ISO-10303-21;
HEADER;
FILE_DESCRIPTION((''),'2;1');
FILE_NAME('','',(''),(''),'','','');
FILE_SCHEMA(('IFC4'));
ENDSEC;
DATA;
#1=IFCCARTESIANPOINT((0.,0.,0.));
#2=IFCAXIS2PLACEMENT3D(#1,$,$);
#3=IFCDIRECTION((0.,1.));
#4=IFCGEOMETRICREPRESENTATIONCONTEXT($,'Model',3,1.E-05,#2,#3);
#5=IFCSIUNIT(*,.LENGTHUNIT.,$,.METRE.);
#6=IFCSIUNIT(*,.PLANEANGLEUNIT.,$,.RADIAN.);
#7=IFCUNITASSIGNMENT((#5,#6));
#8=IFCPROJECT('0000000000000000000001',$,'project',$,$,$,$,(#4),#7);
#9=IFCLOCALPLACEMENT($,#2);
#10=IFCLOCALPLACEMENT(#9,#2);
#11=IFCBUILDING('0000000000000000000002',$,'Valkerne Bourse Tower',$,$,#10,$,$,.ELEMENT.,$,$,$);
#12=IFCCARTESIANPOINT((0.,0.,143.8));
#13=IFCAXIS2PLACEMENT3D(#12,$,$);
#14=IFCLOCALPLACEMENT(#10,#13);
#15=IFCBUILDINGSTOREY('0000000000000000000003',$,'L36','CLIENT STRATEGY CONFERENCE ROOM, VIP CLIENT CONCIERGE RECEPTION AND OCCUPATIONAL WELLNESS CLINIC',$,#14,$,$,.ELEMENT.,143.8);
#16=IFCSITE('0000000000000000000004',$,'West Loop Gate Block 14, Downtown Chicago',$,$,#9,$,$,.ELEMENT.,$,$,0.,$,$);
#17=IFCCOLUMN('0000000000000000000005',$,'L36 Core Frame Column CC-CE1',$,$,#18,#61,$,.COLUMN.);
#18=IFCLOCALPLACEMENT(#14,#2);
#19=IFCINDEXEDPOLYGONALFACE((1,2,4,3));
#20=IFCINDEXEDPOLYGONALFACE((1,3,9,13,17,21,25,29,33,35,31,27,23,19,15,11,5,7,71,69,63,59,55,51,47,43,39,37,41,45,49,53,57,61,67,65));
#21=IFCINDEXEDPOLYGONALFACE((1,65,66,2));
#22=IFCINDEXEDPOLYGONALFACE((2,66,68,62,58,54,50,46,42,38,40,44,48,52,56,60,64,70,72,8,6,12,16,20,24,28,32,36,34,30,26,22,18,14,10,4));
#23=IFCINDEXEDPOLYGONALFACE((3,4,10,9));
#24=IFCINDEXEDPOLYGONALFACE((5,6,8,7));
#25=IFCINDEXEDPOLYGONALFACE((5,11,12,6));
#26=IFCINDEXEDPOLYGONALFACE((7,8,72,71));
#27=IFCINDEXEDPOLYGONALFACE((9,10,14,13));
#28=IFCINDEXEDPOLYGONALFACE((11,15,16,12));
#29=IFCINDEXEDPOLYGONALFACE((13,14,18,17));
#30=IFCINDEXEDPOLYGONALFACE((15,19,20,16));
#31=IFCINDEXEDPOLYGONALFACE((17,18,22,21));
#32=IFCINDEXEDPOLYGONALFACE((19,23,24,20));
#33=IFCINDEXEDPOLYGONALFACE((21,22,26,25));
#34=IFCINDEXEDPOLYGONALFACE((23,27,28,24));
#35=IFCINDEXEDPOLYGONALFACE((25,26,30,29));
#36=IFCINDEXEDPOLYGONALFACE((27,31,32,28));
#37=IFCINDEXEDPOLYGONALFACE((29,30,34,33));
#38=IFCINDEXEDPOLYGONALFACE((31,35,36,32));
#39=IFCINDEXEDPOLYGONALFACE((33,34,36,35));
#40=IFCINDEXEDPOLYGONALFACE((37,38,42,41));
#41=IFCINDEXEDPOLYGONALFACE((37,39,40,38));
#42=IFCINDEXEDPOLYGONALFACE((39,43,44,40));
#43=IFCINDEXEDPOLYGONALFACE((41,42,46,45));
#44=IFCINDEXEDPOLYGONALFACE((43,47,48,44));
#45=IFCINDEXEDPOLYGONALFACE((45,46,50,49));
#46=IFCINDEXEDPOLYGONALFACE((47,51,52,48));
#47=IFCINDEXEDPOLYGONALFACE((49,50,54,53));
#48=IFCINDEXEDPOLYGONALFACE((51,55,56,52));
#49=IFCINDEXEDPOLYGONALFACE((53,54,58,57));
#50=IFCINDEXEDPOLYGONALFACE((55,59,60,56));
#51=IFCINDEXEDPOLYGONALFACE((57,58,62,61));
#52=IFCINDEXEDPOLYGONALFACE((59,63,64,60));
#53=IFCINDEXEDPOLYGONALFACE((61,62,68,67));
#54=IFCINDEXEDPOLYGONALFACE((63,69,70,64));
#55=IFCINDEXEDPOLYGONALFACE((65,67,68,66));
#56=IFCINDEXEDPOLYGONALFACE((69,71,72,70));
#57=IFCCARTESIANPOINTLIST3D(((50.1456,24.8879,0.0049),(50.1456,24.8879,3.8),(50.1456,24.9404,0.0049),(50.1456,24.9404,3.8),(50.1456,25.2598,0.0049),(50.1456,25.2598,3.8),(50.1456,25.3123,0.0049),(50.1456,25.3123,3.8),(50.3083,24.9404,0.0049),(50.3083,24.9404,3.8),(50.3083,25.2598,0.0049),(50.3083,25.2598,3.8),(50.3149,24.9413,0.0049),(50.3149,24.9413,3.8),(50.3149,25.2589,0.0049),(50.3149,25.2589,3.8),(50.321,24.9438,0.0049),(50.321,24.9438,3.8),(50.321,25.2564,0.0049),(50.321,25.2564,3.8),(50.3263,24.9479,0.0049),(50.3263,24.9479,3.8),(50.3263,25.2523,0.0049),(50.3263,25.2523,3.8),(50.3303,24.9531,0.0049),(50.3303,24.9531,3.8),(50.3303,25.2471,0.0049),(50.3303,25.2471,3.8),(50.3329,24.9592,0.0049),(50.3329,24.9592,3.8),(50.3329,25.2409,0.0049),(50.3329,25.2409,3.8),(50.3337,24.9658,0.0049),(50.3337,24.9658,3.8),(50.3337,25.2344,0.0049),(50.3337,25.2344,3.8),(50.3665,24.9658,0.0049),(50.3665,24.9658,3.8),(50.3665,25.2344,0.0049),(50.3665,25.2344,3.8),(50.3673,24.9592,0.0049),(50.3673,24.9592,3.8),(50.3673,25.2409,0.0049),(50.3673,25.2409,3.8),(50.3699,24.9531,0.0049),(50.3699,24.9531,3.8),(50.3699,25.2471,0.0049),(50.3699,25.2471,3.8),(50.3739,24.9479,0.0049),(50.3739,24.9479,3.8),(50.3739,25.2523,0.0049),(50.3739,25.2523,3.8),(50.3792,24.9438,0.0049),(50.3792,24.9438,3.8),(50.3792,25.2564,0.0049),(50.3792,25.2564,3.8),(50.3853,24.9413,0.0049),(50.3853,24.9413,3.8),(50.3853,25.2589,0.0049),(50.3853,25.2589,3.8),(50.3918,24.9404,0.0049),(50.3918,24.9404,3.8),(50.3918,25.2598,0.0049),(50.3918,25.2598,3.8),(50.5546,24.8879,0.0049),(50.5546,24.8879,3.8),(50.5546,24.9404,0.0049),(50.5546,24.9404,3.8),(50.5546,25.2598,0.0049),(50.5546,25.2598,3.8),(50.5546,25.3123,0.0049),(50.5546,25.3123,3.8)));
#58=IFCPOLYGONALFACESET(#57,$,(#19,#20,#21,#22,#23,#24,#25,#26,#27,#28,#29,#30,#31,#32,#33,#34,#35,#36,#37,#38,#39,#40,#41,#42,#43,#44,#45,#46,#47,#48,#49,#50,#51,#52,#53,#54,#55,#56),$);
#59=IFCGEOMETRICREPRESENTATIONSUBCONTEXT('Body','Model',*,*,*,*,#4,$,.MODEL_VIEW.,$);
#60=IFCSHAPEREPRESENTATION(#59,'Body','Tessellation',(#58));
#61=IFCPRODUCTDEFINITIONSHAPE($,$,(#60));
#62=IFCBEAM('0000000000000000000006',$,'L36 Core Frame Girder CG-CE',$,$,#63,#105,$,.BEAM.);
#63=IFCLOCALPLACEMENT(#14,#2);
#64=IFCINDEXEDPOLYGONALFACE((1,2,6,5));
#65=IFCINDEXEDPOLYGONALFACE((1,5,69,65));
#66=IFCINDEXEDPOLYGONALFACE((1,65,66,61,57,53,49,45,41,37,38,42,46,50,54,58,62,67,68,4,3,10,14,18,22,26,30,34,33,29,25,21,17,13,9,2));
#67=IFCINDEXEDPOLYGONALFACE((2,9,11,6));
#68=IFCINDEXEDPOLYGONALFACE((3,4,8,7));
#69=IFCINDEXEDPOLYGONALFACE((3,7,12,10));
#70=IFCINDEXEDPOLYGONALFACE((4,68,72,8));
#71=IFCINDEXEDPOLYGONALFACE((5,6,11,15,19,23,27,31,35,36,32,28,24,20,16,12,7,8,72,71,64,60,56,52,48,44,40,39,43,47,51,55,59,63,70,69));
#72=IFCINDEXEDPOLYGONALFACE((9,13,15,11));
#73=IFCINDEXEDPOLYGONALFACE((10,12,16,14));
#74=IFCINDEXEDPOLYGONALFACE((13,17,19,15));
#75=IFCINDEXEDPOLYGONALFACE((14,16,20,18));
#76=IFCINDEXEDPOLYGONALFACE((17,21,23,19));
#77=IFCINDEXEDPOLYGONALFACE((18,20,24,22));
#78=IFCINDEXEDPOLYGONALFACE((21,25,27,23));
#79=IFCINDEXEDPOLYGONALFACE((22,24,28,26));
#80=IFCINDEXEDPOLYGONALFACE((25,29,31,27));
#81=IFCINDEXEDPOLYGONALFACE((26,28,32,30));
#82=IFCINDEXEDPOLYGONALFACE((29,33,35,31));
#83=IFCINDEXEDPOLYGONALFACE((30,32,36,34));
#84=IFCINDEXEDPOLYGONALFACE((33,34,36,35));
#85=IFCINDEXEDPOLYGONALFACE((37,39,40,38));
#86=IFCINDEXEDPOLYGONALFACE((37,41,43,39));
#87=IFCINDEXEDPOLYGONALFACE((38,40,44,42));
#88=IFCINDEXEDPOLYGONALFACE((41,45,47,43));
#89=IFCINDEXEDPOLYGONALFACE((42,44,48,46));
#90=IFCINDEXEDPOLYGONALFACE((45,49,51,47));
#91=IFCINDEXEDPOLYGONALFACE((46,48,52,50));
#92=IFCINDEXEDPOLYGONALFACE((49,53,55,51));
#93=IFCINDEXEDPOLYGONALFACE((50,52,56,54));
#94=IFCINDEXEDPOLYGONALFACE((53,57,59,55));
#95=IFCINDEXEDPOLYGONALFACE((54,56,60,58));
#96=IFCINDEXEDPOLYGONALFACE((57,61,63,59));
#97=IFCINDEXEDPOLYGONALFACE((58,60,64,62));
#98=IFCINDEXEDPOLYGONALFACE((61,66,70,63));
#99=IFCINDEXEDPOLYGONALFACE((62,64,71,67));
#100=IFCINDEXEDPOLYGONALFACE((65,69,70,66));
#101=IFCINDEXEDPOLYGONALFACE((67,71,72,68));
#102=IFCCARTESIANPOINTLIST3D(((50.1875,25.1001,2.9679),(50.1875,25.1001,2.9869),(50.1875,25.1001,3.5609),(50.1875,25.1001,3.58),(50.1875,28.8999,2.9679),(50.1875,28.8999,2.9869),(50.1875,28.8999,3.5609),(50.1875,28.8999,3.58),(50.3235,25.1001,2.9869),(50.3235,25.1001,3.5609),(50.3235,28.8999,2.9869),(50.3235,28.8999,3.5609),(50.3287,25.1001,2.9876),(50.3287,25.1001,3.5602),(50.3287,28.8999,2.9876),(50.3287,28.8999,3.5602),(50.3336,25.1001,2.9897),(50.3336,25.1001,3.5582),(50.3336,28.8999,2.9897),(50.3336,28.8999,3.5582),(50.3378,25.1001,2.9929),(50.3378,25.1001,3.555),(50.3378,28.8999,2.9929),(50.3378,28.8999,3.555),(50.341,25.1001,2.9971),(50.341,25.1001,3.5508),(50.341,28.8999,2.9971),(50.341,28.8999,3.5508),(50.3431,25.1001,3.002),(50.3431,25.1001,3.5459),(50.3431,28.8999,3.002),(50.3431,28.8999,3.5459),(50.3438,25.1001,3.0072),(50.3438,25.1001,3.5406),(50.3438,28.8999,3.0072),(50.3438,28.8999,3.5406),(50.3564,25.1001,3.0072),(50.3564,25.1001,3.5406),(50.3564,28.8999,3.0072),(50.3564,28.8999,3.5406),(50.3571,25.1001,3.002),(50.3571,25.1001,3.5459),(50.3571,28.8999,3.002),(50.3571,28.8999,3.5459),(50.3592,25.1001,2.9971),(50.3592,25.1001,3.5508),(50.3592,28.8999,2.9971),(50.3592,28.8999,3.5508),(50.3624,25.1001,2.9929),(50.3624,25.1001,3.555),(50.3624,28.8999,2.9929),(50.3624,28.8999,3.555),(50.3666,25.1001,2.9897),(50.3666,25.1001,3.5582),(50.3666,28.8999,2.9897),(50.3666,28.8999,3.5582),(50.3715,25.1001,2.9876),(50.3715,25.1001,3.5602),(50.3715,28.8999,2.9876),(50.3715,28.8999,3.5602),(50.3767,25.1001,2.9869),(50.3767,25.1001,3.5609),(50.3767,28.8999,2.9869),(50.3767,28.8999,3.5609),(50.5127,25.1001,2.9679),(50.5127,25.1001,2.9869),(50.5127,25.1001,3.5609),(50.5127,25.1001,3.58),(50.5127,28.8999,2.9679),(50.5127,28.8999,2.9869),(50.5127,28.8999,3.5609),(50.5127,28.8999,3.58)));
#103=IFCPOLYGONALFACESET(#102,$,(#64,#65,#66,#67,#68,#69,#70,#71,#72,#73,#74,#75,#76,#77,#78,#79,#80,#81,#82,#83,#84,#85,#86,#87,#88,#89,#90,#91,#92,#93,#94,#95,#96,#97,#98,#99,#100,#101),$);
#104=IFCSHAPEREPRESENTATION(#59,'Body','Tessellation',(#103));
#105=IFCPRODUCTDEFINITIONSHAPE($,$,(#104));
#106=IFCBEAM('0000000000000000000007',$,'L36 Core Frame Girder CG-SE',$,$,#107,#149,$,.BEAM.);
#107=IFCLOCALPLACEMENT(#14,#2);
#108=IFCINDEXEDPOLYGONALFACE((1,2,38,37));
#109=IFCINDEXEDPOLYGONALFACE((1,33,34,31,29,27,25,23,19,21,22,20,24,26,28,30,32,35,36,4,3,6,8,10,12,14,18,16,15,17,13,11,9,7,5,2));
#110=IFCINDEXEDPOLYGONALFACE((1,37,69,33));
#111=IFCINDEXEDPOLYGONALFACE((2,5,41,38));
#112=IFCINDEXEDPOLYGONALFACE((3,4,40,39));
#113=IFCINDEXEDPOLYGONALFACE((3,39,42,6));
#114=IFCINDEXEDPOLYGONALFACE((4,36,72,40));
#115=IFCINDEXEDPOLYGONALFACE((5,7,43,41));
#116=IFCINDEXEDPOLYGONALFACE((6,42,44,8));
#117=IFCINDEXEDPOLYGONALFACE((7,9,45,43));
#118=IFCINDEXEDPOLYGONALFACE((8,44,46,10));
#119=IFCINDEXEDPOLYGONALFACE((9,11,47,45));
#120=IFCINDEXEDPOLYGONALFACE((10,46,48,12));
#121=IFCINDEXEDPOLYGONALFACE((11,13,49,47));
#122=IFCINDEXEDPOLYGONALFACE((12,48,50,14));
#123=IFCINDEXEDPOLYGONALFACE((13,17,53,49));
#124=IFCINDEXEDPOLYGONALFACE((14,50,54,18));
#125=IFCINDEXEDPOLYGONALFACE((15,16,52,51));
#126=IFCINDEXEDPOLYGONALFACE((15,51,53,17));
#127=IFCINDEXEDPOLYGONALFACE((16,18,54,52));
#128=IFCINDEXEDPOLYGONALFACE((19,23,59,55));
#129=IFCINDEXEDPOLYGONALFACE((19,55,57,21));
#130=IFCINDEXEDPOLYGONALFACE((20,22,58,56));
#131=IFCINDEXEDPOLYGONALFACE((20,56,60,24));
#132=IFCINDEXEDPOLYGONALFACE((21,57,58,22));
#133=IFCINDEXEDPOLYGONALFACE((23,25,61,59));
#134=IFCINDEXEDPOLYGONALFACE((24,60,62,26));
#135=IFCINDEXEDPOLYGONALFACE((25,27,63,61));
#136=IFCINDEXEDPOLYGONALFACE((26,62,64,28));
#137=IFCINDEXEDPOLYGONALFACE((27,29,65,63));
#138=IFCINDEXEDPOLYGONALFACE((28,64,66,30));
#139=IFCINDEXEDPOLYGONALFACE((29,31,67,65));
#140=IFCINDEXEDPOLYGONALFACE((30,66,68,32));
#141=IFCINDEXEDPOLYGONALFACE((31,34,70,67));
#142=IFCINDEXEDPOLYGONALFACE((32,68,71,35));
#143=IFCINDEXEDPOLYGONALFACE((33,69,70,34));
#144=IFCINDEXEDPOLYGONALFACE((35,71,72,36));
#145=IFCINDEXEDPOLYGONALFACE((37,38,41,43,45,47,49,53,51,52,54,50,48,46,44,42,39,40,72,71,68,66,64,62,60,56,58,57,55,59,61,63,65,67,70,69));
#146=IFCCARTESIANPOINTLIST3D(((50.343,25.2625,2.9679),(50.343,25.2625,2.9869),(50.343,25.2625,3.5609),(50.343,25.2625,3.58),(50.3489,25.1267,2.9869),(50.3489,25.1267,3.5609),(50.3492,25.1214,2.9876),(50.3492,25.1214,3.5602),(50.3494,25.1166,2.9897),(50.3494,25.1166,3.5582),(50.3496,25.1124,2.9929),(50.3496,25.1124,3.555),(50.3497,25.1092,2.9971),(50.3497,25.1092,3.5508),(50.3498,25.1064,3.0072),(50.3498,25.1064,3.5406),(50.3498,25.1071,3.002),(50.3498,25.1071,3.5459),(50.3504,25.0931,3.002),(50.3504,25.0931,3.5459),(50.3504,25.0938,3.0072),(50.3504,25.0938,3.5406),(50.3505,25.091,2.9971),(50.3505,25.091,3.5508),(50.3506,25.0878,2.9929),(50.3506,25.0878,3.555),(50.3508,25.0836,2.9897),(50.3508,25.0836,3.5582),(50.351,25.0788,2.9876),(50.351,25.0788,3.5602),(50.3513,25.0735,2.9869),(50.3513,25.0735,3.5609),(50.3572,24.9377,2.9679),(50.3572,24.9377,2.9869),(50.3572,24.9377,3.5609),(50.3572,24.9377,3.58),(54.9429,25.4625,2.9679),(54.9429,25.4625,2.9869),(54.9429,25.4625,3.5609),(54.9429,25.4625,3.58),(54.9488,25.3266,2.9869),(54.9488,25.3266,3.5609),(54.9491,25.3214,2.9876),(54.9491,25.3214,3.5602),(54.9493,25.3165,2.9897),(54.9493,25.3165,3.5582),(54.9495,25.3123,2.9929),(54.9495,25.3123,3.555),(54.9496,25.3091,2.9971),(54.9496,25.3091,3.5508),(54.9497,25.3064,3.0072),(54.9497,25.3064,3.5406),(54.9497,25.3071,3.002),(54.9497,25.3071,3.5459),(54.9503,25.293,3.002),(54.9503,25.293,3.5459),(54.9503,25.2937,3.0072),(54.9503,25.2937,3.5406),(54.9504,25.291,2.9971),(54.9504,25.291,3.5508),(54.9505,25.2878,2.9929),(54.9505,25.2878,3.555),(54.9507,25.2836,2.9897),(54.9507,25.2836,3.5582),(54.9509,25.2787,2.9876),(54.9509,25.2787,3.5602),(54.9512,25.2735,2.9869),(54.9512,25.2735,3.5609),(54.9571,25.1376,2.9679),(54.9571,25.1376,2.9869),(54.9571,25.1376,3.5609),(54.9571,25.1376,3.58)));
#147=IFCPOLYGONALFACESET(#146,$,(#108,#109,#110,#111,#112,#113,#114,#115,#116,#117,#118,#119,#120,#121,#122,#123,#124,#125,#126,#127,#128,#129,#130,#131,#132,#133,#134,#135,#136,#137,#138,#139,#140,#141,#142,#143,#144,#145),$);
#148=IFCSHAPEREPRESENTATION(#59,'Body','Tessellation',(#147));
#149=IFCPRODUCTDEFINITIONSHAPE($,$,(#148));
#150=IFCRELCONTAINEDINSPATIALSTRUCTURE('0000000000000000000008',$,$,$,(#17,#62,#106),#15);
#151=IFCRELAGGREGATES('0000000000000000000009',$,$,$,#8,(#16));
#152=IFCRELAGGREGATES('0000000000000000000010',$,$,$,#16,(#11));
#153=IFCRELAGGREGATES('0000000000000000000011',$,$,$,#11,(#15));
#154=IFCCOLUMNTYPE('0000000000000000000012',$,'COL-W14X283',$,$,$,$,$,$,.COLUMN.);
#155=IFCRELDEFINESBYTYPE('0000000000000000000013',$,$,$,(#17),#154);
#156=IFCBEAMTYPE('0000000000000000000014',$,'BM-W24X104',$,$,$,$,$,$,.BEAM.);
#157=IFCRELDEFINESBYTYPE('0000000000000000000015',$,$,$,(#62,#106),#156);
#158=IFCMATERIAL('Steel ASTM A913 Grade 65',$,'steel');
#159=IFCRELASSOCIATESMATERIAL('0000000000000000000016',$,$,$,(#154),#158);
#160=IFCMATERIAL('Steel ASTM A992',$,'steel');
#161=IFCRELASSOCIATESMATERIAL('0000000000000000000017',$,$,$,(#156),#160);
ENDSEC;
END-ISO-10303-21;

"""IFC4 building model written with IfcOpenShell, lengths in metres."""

from ifc_helpers import new_model, si_unit, direction, frame, origin, origin_2d, place, context, subcontext, project, spatial, i_section, extrude, material, material_profile, profile_set, type_object, element, save


model = new_model("IFC4")

# Units and contexts
model_context = context("Model", 3, precision=1e-05, world=origin(), true_north=direction((0.0, 1.0)))
body_context = subcontext(model_context, "Body", "Model", "MODEL_VIEW")
ifc_project = project(units=[si_unit("LENGTHUNIT", "METRE"), si_unit("PLANEANGLEUNIT", "RADIAN")], contexts=[model_context])

# Site, building, storey
site_placement = place(None, origin())
site = spatial("IfcSite", under=ifc_project, at=site_placement, Name="West Loop Gate Block 14, Downtown Chicago", CompositionType="ELEMENT", RefElevation=0.0)
building_placement = place(site_placement, origin())
building = spatial("IfcBuilding", under=site, at=building_placement, Name="Valkerne Bourse Tower", CompositionType="ELEMENT")
storey_placement = place(building_placement, frame((0.0, 0.0, 143.8)))
storey = spatial("IfcBuildingStorey", under=building, at=storey_placement, Name="L36", Description="CLIENT STRATEGY CONFERENCE ROOM, VIP CLIENT CONCIERGE RECEPTION AND OCCUPATIONAL WELLNESS CLINIC", CompositionType="ELEMENT", Elevation=143.8)

# Column
ifc_material_1 = material(Name="Steel ASTM A913 Grade 65", Category="steel")
ifc_material_profile_1 = material_profile(ifc_material_1, i_section(OverallWidth=0.4089, OverallDepth=0.4243, WebThickness=0.0327, FlangeThickness=0.0525, FilletRadius=0.0254, at=origin_2d()), Name="W14X283")
ifc_profile_set_1 = profile_set([ifc_material_profile_1], Name="Steel ASTM A913 Grade 65")
column_type = type_object("IfcColumnType", Name="COL-W14X283", PredefinedType="COLUMN", material=ifc_profile_set_1)
column_placement = place(storey_placement, frame((50.3501, 25.1001, 0.0049), z_axis=(0.0, 0.0, 1.0), x_axis=(1.0, 0.0, 0.0)))
element("IfcColumn", 1, at=column_placement, inside=storey, type_object=column_type, Name="L36 Core Frame Column CC-CE1", PredefinedType="COLUMN", context=body_context, shape_type="SweptSolid", body=[
    extrude(i_section(OverallWidth=0.4089, OverallDepth=0.4243, WebThickness=0.0327, FlangeThickness=0.0525, FilletRadius=0.0254, at=origin_2d()), origin(), (0.0, 0.0, 1.0), 3.7952),
])

# Beams
ifc_material_2 = material(Name="Steel ASTM A992", Category="steel")
ifc_material_profile_2 = material_profile(ifc_material_2, i_section(OverallWidth=0.3252, OverallDepth=0.6121, WebThickness=0.0127, FlangeThickness=0.019, FilletRadius=0.0203, at=origin_2d()), Name="W24X104")
ifc_profile_set_2 = profile_set([ifc_material_profile_2], Name="Steel ASTM A992")
beam_type = type_object("IfcBeamType", Name="BM-W24X104", PredefinedType="BEAM", material=ifc_profile_set_2)
beam_1_placement = place(storey_placement, frame((50.3501, 25.1001, 3.2739), z_axis=(0.0, 1.0, 0.0), x_axis=(-1.0, 0.0, 0.0)))
element("IfcBeam", 2, at=beam_1_placement, inside=storey, type_object=beam_type, Name="L36 Core Frame Girder CG-CE", PredefinedType="BEAM", context=body_context, shape_type="SweptSolid", body=[
    extrude(i_section(OverallWidth=0.3252, OverallDepth=0.6121, WebThickness=0.0127, FlangeThickness=0.019, FilletRadius=0.0203, at=origin_2d()), origin(), (0.0, 0.0, 1.0), 3.7998),
])
beam_2_placement = place(storey_placement, frame((50.3501, 25.1001, 3.2739), z_axis=(0.999057, 0.043428, 0.0), x_axis=(-0.043428, 0.999057, 0.0)))
element("IfcBeam", 3, at=beam_2_placement, inside=storey, type_object=beam_type, Name="L36 Core Frame Girder CG-SE", PredefinedType="BEAM", context=body_context, shape_type="SweptSolid", body=[
    extrude(i_section(OverallWidth=0.3252, OverallDepth=0.6121, WebThickness=0.0127, FlangeThickness=0.019, FilletRadius=0.0203, at=origin_2d()), origin(), (0.0, 0.0, 1.0), 4.6042),
])

save(model, "model.ifc")
